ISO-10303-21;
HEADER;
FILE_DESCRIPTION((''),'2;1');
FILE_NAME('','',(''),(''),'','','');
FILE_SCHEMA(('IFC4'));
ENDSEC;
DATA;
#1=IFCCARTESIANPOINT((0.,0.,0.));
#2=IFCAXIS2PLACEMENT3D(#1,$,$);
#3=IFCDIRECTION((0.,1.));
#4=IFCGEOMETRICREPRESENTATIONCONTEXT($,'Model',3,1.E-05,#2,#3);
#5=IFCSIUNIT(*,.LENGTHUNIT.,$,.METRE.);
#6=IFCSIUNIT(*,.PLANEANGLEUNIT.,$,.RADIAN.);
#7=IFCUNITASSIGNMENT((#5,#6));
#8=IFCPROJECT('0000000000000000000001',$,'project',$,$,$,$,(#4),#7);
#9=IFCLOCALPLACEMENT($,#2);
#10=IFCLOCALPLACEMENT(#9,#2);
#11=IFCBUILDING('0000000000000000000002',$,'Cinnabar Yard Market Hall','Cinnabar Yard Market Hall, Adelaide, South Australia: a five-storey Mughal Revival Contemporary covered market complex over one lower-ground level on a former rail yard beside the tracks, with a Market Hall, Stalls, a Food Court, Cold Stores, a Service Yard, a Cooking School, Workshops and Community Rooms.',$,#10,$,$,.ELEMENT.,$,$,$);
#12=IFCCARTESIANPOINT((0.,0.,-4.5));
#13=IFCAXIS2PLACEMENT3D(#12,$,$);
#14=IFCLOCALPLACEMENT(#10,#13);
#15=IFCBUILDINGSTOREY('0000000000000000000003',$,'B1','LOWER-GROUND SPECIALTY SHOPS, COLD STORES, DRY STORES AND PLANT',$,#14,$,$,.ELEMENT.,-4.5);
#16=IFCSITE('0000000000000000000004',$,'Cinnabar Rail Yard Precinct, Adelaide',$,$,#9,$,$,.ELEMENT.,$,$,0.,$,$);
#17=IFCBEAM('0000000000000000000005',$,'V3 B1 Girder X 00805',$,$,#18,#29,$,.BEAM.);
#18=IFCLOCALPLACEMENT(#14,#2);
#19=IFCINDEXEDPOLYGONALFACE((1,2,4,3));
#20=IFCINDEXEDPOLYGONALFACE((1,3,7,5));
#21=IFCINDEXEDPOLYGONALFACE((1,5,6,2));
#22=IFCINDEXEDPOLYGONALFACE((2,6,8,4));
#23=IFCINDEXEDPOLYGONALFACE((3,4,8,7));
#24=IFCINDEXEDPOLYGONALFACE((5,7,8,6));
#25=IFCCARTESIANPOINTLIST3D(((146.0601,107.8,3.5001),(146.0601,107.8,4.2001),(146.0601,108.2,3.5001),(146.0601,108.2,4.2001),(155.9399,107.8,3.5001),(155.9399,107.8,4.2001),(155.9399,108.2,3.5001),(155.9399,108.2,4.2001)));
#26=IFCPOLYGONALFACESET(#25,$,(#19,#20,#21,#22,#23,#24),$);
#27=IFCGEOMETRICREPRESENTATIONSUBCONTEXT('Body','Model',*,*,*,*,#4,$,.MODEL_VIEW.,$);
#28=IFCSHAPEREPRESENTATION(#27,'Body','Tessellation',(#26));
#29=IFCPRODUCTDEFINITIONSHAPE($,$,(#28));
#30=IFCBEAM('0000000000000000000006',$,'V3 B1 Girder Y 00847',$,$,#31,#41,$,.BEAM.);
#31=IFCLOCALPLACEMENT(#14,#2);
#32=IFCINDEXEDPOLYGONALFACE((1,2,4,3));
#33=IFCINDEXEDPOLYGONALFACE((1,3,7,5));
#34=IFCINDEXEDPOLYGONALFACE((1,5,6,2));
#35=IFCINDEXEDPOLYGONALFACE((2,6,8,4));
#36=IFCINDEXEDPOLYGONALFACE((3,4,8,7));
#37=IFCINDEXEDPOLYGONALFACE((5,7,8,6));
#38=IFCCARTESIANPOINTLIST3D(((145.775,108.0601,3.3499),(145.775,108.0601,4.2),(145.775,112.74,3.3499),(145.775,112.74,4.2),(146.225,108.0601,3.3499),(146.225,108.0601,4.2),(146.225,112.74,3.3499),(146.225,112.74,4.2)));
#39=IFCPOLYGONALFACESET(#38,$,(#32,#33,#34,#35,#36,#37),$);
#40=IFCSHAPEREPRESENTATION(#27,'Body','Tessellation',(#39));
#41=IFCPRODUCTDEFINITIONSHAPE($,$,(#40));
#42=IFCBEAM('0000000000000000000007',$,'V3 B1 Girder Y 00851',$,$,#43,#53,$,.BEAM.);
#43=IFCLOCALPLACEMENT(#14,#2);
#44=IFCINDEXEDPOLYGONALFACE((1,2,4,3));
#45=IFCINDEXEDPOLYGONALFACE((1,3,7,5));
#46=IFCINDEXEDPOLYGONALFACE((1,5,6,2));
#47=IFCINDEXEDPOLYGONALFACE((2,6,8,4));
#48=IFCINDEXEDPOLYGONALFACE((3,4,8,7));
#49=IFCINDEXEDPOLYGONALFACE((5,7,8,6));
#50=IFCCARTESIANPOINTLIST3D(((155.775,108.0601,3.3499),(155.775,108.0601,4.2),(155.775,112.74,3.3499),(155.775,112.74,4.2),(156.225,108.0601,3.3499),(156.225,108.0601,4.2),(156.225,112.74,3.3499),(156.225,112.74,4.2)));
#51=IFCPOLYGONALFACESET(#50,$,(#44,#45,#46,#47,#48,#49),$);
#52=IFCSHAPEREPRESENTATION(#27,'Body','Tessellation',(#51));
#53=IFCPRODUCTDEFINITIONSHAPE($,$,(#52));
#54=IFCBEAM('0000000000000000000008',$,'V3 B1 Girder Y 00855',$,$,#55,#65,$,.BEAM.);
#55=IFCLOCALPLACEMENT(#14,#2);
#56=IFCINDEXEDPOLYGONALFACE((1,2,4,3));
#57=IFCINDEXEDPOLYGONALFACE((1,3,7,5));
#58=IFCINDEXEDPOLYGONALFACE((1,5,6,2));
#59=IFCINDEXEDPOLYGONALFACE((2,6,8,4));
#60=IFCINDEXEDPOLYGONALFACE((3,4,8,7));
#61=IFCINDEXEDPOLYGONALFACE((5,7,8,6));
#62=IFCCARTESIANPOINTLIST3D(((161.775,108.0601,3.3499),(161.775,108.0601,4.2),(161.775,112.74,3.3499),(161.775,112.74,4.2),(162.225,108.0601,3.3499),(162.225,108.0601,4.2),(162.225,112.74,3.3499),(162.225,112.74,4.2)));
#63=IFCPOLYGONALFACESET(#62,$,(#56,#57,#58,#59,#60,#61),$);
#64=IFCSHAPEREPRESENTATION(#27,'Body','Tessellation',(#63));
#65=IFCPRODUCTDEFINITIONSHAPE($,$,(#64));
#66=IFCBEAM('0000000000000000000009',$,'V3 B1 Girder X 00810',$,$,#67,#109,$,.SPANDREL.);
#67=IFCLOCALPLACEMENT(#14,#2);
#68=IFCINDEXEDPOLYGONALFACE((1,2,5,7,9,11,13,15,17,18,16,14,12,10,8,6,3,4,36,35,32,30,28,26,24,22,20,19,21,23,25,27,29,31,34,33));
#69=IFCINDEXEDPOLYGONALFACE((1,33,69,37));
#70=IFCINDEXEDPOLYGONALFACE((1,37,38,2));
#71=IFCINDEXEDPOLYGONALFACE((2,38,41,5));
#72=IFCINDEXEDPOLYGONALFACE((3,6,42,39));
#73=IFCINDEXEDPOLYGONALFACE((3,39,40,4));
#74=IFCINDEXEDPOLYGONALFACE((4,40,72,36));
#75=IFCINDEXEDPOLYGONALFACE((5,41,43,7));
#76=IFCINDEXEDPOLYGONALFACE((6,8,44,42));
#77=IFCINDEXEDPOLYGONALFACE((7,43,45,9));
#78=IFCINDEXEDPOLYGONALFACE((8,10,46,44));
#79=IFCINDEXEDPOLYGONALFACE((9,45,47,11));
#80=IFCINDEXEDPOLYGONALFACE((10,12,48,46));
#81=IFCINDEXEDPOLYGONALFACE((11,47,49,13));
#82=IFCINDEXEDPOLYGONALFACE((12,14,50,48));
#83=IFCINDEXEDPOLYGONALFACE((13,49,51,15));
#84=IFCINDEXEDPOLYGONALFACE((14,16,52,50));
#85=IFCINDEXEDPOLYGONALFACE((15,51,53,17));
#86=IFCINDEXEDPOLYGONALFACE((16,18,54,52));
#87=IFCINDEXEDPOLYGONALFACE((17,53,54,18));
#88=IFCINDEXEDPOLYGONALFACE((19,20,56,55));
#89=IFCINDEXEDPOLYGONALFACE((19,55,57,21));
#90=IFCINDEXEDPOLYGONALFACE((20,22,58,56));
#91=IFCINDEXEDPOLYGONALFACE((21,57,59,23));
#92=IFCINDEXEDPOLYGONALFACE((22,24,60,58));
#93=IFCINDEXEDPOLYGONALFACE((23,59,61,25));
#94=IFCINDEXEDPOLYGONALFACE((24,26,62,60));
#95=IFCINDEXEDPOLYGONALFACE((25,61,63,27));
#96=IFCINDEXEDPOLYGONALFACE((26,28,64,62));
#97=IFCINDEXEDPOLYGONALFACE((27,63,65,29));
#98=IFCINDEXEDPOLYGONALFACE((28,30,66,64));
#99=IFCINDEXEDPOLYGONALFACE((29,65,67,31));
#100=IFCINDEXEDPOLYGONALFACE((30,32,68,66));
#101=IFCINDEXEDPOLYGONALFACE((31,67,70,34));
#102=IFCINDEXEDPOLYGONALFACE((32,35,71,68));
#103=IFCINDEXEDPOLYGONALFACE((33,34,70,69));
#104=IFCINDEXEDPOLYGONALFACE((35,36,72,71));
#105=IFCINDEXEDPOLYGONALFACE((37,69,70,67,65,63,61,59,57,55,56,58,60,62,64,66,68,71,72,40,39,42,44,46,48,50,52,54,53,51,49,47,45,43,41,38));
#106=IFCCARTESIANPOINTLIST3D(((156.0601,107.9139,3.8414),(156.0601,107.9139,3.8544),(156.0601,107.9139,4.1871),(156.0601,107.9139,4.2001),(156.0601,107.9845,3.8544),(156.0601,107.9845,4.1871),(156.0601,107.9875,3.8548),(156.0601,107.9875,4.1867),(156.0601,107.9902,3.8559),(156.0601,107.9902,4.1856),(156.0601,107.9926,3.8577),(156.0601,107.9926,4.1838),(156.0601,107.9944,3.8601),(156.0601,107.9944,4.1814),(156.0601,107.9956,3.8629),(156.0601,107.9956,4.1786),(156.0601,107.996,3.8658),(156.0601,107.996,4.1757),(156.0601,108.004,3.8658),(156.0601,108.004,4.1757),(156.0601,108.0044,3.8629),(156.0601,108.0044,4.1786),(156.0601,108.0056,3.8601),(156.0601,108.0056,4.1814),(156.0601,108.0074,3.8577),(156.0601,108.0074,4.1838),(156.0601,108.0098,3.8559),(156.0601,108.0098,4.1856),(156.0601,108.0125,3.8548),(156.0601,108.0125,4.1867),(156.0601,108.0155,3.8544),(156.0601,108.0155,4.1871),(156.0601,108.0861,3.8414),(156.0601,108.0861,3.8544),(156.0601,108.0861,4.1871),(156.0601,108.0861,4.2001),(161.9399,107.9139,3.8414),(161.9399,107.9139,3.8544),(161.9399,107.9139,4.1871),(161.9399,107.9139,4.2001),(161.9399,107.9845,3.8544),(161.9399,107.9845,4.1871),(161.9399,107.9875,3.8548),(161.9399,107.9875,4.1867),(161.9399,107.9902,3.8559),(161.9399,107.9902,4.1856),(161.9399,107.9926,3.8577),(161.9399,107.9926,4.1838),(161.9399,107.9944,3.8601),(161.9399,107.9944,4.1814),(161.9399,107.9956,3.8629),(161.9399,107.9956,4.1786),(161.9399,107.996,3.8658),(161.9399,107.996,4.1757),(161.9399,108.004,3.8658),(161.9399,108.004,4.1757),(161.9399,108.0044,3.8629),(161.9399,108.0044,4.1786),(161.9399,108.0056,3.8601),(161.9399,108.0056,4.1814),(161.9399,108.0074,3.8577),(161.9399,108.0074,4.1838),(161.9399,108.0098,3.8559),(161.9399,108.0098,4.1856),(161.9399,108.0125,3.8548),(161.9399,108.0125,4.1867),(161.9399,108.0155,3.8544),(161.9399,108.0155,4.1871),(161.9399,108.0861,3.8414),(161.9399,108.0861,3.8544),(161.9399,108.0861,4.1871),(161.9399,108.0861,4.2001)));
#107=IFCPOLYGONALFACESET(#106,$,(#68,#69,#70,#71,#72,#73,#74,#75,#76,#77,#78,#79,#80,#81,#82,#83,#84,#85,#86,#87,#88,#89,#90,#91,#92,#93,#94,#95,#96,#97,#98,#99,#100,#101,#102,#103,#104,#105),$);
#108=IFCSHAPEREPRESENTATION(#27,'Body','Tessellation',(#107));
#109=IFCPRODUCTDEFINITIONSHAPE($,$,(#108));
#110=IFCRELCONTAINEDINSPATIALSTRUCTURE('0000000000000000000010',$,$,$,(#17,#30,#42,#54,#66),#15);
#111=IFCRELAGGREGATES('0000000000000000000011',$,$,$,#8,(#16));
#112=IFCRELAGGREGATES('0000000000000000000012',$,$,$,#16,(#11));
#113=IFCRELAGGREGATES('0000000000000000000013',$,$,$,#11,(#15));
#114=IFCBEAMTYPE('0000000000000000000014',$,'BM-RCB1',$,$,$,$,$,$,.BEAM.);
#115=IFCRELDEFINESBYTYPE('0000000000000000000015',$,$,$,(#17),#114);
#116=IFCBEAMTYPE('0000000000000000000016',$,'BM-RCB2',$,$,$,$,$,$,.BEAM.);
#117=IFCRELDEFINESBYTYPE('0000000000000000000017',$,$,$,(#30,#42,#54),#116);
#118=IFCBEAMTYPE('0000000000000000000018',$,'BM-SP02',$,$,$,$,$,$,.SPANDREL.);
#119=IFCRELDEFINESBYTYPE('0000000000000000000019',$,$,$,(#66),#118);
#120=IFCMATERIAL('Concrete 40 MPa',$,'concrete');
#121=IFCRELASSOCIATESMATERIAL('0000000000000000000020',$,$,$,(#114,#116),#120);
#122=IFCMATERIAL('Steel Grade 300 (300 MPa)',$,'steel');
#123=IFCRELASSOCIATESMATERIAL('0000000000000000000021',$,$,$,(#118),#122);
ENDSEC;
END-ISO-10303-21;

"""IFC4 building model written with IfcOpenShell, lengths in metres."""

from ifc_helpers import new_model, si_unit, direction, frame, origin, origin_2d_with_axis, place, context, subcontext, project, spatial, rectangle, i_section, extrude, material, material_profile, profile_set, type_object, element, save


model = new_model("IFC4")

# Units and contexts
model_context = context("Model", 3, precision=1e-05, world=origin(), true_north=direction((0.0, 1.0)))
body_context = subcontext(model_context, "Body", "Model", "MODEL_VIEW")
ifc_project = project(units=[si_unit("LENGTHUNIT", "METRE"), si_unit("PLANEANGLEUNIT", "RADIAN")], contexts=[model_context])

# Site, building, storey
site_placement = place(None, origin())
site = spatial("IfcSite", under=ifc_project, at=site_placement, Name="Cinnabar Rail Yard Precinct, Adelaide", CompositionType="ELEMENT", RefElevation=0.0)
building_placement = place(site_placement, origin())
building = spatial("IfcBuilding", under=site, at=building_placement, Name="Cinnabar Yard Market Hall", Description="Cinnabar Yard Market Hall, Adelaide, South Australia: a five-storey Mughal Revival Contemporary covered market complex over one lower-ground level on a former rail yard beside the tracks, with a Market Hall, Stalls, a Food Court, Cold Stores, a Service Yard, a Cooking School, Workshops and Community Rooms.", CompositionType="ELEMENT")
storey_placement = place(building_placement, frame((0.0, 0.0, -4.5)))
storey = spatial("IfcBuildingStorey", under=building, at=storey_placement, Name="B1", Description="LOWER-GROUND SPECIALTY SHOPS, COLD STORES, DRY STORES AND PLANT", CompositionType="ELEMENT", Elevation=-4.5)

# Shared definitions
ifc_material_1 = material(Name="Concrete 40 MPa", Category="concrete")

# Shared definitions
ifc_material_2 = material(Name="Steel Grade 300 (300 MPa)", Category="steel")

# Beams
ifc_material_profile_1 = material_profile(ifc_material_1, rectangle(XDim=0.3999, YDim=0.7, at=origin_2d_with_axis()), Name="RCB-400x700")
ifc_profile_set_1 = profile_set([ifc_material_profile_1], Name="Concrete 40 MPa")
beam_type_1 = type_object("IfcBeamType", Name="BM-RCB1", PredefinedType="BEAM", material=ifc_profile_set_1)
beam_1_placement = place(storey_placement, frame((146.0601, 108.0, 3.8501), z_axis=(1.0, 0.0, 0.0), x_axis=(0.0, 1.0, 0.0)))
element("IfcBeam", 1, at=beam_1_placement, inside=storey, type_object=beam_type_1, Name="V3 B1 Girder X 00805", PredefinedType="BEAM", context=body_context, shape_type="SweptSolid", body=[
    extrude(rectangle(XDim=0.3999, YDim=0.7, at=origin_2d_with_axis()), origin(), (0.0, 0.0, 1.0), 9.8799),
])
ifc_material_profile_2 = material_profile(ifc_material_1, rectangle(XDim=0.45, YDim=0.8501, at=origin_2d_with_axis()), Name="RCB-450x850")
ifc_profile_set_2 = profile_set([ifc_material_profile_2], Name="Concrete 40 MPa")
beam_type_2 = type_object("IfcBeamType", Name="BM-RCB2", PredefinedType="BEAM", material=ifc_profile_set_2)
for number, where, z_axis, x_axis, name in (
    (2, (146.0, 108.0601, 3.7749), (0.0, 1.0, 0.0), (-1.0, 0.0, 0.0), "V3 B1 Girder Y 00847"),
    (3, (156.0, 108.0601, 3.7749), (0.0, 1.0, 0.0), (-1.0, 0.0, 0.0), "V3 B1 Girder Y 00851"),
    (4, (162.0, 108.0601, 3.7749), (0.0, 1.0, 0.0), (-1.0, 0.0, 0.0), "V3 B1 Girder Y 00855"),
):
    element("IfcBeam", number, at=place(storey_placement, frame(where, z_axis=z_axis, x_axis=x_axis)), inside=storey, type_object=beam_type_2, Name=name, PredefinedType="BEAM", context=body_context, shape_type="SweptSolid", body=[
        extrude(rectangle(XDim=0.45, YDim=0.8501, at=origin_2d_with_axis()), origin(), (0.0, 0.0, 1.0), 4.6799),
    ])
ifc_material_profile_3 = material_profile(ifc_material_2, i_section(OverallWidth=0.1721, OverallDepth=0.3586, WebThickness=0.0081, FlangeThickness=0.0129, FilletRadius=0.0115, at=origin_2d_with_axis()), Name="360UB56.7")
ifc_profile_set_3 = profile_set([ifc_material_profile_3], Name="Steel Grade 300 (300 MPa)")
beam_type_3 = type_object("IfcBeamType", Name="BM-SP02", PredefinedType="SPANDREL", material=ifc_profile_set_3)
beam_2_placement = place(storey_placement, frame((156.0601, 108.0, 4.0208), z_axis=(1.0, 0.0, 0.0), x_axis=(0.0, 1.0, 0.0)))
element("IfcBeam", 5, at=beam_2_placement, inside=storey, type_object=beam_type_3, Name="V3 B1 Girder X 00810", PredefinedType="SPANDREL", context=body_context, shape_type="SweptSolid", body=[
    extrude(i_section(OverallWidth=0.1721, OverallDepth=0.3586, WebThickness=0.0081, FlangeThickness=0.0129, FilletRadius=0.0115, at=origin_2d_with_axis()), origin(), (0.0, 0.0, 1.0), 5.8799),
])

save(model, "model.ifc")
